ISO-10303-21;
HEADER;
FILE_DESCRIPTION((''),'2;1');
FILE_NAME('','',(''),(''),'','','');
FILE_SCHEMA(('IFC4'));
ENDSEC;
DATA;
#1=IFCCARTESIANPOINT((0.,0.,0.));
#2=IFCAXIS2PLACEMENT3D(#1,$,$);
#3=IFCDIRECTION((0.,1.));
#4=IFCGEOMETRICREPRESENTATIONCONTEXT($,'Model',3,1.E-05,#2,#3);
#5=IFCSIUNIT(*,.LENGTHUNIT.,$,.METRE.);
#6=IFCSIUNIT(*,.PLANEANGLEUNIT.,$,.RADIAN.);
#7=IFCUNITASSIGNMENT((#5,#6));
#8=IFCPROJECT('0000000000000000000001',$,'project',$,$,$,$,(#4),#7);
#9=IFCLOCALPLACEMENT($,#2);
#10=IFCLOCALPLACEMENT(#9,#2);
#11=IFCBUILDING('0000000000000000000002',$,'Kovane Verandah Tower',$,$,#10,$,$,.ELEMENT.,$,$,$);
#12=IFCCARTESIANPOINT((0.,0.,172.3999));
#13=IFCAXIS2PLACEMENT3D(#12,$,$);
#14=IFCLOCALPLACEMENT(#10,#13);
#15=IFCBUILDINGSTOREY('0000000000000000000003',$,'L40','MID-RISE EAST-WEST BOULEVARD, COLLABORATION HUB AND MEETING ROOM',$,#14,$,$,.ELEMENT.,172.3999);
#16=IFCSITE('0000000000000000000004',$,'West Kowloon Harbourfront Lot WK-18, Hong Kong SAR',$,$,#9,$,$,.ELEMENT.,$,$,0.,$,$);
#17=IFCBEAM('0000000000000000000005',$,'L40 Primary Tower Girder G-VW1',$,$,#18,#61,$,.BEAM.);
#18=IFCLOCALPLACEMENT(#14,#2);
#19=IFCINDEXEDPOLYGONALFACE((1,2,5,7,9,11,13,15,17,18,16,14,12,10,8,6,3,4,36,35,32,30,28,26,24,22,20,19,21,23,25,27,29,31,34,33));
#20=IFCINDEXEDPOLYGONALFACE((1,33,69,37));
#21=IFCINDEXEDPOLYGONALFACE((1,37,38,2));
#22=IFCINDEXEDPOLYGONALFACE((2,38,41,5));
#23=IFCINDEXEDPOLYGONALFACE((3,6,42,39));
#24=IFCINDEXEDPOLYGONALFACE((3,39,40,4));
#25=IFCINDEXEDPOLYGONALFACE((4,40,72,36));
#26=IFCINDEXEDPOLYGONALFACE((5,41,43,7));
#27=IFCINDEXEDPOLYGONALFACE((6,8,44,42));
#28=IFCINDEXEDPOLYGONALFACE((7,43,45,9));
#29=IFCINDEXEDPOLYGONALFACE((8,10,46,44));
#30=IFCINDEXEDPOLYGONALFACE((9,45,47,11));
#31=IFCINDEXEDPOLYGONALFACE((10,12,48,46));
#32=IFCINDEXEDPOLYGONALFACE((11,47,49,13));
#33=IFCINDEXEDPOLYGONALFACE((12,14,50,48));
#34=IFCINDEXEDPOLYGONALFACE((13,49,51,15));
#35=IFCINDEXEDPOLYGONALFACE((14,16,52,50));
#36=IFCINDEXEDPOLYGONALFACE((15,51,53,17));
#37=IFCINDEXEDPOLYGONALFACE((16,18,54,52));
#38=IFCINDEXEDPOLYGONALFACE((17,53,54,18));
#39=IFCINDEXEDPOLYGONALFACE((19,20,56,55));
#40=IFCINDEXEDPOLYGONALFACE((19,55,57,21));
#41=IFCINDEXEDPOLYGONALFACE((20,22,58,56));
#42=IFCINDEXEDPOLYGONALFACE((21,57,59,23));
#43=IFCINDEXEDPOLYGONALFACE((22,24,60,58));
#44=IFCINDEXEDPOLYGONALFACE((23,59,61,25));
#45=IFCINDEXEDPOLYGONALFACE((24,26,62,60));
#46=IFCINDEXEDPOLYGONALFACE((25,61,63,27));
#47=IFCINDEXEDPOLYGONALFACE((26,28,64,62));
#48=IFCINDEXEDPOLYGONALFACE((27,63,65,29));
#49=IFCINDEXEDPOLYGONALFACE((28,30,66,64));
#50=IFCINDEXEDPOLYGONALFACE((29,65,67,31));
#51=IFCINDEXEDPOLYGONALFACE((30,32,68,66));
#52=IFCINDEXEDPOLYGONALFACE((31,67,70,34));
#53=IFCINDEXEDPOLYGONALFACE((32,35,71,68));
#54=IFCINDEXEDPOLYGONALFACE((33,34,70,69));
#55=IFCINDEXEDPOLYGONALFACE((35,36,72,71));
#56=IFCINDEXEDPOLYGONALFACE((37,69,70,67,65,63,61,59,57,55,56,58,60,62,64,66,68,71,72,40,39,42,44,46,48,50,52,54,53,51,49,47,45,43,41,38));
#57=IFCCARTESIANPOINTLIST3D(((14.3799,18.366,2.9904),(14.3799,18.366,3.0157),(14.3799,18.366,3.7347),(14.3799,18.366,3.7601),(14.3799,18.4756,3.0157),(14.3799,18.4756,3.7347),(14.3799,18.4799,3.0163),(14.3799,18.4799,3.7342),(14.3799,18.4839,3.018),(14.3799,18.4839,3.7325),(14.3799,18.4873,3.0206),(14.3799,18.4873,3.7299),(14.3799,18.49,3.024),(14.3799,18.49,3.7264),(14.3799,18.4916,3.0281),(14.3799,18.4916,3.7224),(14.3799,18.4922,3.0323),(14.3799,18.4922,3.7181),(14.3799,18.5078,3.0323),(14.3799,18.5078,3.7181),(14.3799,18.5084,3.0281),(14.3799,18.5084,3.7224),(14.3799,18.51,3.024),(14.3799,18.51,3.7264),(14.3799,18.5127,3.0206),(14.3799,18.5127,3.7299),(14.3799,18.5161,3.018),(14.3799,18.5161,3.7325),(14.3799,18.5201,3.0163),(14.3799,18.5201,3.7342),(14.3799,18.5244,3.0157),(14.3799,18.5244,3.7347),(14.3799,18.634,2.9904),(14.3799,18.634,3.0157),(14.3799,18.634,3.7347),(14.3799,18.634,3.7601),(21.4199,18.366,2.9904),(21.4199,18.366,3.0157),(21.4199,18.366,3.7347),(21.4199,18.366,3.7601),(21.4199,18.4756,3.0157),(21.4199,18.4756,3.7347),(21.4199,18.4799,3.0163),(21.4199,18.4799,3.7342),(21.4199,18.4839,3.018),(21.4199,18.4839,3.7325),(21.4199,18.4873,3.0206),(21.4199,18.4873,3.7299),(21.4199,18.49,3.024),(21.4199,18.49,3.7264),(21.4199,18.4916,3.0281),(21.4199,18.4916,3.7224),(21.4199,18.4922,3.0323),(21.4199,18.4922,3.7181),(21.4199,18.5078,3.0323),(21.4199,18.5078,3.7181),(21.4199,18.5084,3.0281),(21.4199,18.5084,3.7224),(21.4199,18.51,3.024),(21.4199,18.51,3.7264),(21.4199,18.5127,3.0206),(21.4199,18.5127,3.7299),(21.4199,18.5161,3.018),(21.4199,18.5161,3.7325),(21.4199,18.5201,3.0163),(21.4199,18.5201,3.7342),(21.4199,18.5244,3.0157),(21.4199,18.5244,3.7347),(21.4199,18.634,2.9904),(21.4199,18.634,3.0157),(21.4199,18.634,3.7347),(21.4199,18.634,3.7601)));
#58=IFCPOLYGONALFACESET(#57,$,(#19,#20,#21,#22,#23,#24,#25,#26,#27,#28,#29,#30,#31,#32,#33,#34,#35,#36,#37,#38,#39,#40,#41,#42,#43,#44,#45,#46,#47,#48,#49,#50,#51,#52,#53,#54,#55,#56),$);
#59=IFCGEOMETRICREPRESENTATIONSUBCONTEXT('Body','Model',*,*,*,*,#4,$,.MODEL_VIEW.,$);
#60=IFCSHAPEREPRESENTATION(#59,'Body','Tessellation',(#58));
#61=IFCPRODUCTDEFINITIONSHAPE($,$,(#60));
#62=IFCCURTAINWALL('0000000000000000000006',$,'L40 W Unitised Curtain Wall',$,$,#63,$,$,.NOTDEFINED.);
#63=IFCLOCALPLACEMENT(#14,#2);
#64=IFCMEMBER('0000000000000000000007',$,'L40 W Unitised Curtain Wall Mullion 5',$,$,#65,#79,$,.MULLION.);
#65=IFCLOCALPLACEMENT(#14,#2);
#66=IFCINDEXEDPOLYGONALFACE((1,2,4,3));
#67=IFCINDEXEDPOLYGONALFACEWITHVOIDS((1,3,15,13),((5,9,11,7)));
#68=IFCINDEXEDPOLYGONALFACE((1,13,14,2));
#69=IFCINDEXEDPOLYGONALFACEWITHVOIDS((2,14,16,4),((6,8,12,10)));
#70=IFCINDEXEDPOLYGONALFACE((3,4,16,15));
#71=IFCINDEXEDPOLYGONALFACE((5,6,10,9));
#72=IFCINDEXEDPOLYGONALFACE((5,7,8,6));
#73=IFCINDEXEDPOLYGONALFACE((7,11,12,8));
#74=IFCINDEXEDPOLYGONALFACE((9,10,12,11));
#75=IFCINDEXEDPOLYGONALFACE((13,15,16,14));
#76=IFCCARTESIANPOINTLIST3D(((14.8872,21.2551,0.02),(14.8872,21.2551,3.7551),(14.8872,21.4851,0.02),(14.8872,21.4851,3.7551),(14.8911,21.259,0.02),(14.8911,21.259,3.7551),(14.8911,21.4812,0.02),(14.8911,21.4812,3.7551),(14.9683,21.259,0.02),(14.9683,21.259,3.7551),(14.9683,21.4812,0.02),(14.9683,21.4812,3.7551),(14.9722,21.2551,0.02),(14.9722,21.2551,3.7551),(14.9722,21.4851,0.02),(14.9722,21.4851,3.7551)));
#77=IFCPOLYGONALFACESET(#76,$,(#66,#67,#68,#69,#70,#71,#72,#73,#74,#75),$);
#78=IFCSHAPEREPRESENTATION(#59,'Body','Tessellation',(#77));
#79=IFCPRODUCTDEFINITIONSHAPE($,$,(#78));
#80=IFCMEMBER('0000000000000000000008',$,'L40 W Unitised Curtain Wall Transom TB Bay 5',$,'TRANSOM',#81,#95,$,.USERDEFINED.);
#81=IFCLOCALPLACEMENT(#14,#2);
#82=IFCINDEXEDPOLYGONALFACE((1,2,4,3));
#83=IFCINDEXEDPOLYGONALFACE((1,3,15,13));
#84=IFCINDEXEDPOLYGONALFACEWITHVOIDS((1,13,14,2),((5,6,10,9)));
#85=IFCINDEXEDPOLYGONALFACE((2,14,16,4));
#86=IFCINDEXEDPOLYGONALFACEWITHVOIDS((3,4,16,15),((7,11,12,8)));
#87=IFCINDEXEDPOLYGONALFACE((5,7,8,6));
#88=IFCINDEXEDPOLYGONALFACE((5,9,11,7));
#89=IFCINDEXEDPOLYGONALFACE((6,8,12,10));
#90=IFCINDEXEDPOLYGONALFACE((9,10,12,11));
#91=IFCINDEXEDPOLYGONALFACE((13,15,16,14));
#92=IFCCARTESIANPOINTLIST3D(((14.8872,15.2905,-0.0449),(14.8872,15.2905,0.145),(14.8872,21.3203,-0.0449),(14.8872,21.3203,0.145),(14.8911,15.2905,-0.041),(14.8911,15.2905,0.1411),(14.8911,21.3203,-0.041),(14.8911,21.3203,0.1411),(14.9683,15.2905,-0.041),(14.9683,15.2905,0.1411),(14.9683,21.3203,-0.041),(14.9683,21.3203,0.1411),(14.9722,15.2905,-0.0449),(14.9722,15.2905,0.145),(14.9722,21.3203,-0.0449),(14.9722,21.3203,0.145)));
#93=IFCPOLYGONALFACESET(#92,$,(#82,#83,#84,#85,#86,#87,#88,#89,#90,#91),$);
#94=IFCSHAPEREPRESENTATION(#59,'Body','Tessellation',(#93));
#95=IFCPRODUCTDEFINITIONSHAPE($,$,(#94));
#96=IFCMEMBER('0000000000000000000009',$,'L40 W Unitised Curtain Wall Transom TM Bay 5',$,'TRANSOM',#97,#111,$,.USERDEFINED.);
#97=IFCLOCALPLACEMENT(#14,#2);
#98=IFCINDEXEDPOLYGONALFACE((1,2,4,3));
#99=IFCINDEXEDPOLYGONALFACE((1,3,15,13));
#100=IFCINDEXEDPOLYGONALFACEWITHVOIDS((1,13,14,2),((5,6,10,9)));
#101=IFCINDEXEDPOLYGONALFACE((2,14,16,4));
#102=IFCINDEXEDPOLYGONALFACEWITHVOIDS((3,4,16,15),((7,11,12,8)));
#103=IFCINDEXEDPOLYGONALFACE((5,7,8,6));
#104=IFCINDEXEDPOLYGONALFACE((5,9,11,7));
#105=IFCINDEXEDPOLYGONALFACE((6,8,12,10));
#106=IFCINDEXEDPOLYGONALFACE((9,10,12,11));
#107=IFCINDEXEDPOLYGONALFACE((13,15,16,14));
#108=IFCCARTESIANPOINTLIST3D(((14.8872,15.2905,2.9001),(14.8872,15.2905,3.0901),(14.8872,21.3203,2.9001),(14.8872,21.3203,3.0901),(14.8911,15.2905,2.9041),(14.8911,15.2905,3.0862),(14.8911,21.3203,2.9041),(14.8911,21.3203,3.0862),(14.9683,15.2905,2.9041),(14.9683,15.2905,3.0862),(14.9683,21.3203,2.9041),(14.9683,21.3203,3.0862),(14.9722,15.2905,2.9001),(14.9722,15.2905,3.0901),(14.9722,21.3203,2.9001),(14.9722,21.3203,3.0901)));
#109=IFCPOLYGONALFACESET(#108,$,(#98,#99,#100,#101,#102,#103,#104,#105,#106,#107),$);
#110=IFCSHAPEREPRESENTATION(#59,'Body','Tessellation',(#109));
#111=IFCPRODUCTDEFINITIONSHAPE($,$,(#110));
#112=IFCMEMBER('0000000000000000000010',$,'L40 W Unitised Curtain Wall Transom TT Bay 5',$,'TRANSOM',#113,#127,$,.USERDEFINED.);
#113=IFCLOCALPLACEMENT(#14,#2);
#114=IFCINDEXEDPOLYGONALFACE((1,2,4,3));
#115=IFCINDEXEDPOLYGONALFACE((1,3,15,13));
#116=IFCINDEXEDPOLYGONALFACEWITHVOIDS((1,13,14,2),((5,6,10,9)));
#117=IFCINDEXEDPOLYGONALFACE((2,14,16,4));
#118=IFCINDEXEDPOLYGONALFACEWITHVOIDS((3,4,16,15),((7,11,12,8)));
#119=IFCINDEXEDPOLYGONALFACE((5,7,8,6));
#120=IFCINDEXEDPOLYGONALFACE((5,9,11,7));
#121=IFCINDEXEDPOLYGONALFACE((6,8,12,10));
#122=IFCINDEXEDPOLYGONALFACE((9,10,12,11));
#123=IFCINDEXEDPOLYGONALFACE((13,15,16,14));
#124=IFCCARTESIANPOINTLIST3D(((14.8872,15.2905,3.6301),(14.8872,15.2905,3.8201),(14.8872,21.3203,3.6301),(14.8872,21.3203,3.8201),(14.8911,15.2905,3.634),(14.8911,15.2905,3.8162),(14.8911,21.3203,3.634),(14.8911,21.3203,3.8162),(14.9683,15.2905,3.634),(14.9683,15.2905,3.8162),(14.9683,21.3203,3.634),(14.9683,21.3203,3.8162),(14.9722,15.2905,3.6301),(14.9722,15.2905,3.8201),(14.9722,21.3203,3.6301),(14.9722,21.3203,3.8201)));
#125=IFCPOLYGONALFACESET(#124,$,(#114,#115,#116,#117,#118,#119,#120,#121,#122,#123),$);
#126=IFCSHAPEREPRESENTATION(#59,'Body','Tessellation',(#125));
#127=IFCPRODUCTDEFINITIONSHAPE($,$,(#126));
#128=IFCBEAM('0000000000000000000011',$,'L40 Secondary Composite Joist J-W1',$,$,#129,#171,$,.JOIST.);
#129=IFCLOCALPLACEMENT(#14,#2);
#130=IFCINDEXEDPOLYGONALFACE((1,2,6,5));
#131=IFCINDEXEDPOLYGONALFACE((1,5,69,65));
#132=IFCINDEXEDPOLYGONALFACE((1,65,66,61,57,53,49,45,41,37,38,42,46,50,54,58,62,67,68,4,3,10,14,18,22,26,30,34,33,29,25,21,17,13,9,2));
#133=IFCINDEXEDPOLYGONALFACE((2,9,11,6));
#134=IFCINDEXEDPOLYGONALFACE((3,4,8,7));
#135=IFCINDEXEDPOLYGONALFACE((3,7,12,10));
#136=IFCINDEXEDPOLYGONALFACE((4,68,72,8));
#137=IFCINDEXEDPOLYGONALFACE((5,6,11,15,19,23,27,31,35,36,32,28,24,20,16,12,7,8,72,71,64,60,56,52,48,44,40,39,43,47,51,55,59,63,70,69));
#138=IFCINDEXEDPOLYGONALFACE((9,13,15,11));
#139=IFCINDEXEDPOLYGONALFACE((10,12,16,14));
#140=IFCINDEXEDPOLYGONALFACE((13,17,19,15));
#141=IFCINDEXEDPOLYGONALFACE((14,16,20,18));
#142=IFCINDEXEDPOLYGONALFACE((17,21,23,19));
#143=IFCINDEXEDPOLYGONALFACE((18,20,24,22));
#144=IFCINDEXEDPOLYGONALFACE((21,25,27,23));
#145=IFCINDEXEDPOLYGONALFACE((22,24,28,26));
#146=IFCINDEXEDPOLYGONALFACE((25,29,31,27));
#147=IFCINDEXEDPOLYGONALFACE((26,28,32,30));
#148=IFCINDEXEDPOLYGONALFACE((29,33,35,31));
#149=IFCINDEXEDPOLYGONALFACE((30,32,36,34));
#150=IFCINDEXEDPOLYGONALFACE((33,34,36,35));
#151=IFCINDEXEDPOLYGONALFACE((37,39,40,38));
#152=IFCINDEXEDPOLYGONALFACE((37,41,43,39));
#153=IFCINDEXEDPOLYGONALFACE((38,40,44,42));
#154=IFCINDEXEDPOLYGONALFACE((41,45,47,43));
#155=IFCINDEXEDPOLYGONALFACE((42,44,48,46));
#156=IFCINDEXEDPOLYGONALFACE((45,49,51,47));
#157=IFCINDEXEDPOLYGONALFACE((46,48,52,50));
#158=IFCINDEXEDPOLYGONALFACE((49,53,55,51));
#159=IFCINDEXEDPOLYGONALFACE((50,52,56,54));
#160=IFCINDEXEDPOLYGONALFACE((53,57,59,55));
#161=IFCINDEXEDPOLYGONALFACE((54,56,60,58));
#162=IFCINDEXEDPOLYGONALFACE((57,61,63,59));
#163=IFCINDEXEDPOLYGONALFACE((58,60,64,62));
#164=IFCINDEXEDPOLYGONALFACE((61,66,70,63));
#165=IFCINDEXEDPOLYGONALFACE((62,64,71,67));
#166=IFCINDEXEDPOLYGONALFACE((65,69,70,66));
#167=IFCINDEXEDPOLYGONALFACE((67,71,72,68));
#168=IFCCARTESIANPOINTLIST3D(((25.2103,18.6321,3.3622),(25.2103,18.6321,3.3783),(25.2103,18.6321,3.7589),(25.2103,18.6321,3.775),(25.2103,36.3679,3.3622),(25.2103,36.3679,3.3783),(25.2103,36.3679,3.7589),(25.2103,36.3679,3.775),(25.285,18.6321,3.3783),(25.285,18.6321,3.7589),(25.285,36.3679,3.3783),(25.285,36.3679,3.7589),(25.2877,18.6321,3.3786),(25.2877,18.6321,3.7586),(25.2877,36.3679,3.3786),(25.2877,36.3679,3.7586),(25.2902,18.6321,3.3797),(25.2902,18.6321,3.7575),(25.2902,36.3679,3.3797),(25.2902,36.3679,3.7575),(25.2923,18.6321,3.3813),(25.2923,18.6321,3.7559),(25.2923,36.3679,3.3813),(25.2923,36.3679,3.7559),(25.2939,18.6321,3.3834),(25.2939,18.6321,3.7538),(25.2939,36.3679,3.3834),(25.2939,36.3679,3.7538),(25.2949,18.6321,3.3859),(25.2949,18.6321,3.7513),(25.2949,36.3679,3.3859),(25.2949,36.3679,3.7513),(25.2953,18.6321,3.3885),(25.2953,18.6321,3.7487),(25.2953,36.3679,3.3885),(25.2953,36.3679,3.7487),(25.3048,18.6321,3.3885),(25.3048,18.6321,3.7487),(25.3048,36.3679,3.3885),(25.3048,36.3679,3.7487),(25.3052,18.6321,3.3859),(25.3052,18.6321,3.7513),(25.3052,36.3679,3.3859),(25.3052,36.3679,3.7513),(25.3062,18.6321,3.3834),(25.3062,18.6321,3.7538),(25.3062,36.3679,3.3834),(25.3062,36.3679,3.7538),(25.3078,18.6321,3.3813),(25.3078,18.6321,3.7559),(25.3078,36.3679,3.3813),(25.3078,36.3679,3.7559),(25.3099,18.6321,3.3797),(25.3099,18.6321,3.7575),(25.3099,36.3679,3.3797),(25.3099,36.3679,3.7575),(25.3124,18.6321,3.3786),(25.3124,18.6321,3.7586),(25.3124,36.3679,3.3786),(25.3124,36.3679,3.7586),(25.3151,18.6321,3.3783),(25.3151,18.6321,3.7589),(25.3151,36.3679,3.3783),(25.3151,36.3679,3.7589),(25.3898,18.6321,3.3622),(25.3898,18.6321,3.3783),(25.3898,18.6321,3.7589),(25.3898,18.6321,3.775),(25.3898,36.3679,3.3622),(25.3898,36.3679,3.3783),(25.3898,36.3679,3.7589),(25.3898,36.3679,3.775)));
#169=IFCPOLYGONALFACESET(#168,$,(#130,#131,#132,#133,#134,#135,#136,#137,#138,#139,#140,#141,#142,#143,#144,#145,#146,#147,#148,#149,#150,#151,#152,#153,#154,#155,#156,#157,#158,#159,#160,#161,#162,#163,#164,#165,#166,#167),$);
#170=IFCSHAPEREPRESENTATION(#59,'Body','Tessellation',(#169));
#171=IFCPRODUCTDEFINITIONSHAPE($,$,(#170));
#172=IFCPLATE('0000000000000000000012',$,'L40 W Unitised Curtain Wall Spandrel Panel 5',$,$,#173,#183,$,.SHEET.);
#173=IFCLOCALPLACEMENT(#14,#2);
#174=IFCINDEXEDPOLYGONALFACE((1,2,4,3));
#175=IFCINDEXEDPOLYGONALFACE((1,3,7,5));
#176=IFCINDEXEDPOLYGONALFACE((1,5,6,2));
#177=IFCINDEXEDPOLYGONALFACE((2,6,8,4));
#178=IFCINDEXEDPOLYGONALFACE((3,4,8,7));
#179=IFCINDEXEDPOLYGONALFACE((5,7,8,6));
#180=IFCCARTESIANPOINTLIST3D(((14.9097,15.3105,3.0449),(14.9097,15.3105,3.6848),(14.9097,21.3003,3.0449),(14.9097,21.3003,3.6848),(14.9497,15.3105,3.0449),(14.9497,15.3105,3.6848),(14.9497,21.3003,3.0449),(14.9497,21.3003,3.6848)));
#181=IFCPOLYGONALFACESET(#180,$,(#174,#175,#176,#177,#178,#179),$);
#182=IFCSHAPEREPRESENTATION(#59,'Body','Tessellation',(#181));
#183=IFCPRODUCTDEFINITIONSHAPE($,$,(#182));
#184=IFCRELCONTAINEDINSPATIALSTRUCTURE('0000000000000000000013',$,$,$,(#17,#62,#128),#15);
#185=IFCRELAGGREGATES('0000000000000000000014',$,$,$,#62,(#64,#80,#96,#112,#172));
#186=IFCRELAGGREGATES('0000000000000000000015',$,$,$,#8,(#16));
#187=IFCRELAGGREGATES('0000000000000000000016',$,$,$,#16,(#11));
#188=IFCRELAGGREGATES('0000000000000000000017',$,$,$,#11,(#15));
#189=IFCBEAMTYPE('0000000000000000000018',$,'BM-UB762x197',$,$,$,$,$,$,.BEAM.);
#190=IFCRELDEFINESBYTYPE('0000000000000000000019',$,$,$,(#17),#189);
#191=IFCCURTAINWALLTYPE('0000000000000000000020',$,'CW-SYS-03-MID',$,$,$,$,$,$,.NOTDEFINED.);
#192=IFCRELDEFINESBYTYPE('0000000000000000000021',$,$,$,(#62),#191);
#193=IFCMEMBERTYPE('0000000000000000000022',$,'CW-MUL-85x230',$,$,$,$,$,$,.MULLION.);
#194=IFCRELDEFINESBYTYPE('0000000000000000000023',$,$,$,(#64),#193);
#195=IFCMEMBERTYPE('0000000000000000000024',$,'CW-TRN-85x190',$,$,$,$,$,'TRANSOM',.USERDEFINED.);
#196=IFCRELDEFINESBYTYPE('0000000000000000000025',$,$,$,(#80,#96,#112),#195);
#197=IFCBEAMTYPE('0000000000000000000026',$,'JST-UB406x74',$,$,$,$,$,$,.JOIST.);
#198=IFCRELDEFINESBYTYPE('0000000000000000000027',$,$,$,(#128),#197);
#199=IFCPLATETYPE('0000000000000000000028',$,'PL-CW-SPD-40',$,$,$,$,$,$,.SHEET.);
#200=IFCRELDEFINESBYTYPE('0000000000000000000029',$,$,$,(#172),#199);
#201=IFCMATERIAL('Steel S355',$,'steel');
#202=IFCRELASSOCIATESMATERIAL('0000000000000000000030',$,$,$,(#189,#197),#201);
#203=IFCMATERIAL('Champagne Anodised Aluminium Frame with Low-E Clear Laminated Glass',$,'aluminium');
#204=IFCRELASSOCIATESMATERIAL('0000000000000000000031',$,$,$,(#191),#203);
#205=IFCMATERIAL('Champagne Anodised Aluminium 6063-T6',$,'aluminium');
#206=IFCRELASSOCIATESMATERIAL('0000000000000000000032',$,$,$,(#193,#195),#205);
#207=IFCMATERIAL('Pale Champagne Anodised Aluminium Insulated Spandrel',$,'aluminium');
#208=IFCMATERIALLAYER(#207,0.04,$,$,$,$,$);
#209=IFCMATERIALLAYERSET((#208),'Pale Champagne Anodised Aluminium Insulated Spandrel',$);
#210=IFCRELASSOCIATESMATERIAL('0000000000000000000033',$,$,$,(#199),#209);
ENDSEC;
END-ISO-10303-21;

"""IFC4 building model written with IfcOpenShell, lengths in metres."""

from ifc_helpers import new_model, si_unit, direction, frame, origin, origin_2d, place, context, subcontext, project, spatial, rectangle, hollow_rectangle, i_section, extrude, material, layer, layer_set, material_profile, profile_set, type_object, element, aggregate, save


model = new_model("IFC4")

# Units and contexts
model_context = context("Model", 3, precision=1e-05, world=origin(), true_north=direction((0.0, 1.0)))
body_context = subcontext(model_context, "Body", "Model", "MODEL_VIEW")
ifc_project = project(units=[si_unit("LENGTHUNIT", "METRE"), si_unit("PLANEANGLEUNIT", "RADIAN")], contexts=[model_context])

# Site, building, storey
site_placement = place(None, origin())
site = spatial("IfcSite", under=ifc_project, at=site_placement, Name="West Kowloon Harbourfront Lot WK-18, Hong Kong SAR", CompositionType="ELEMENT", RefElevation=0.0)
building_placement = place(site_placement, origin())
building = spatial("IfcBuilding", under=site, at=building_placement, Name="Kovane Verandah Tower", CompositionType="ELEMENT")
storey_placement = place(building_placement, frame((0.0, 0.0, 172.3999)))
storey = spatial("IfcBuildingStorey", under=building, at=storey_placement, Name="L40", Description="MID-RISE EAST-WEST BOULEVARD, COLLABORATION HUB AND MEETING ROOM", CompositionType="ELEMENT", Elevation=172.3999)

# Beam
ifc_material_1 = material(Name="Steel S355", Category="steel")
ifc_material_profile_1 = material_profile(ifc_material_1, i_section(OverallWidth=0.2681, OverallDepth=0.7698, WebThickness=0.0156, FlangeThickness=0.0254, FilletRadius=0.0166, at=origin_2d()), Name="UB762x267x197")
ifc_profile_set_1 = profile_set([ifc_material_profile_1], Name="Steel S355")
beam_type_1 = type_object("IfcBeamType", Name="BM-UB762x197", PredefinedType="BEAM", material=ifc_profile_set_1)
beam_1_placement = place(storey_placement, frame((21.4199, 18.5, 3.3752), z_axis=(-1.0, 0.0, 0.0), x_axis=(0.0, -1.0, 0.0)))
element("IfcBeam", 1, at=beam_1_placement, inside=storey, type_object=beam_type_1, Name="L40 Primary Tower Girder G-VW1", PredefinedType="BEAM", context=body_context, shape_type="SweptSolid", body=[
    extrude(i_section(OverallWidth=0.2681, OverallDepth=0.7698, WebThickness=0.0156, FlangeThickness=0.0254, FilletRadius=0.0166, at=origin_2d()), origin(), (0.0, 0.0, 1.0), 7.04),
])

# Curtain wall, members
ifc_material_2 = material(Name="Champagne Anodised Aluminium Frame with Low-E Clear Laminated Glass", Category="aluminium")
curtain_wall_type = type_object("IfcCurtainWallType", Name="CW-SYS-03-MID", PredefinedType="NOTDEFINED", material=ifc_material_2)
curtain_wall_placement = place(storey_placement, origin())
curtain_wall = element("IfcCurtainWall", 2, at=curtain_wall_placement, inside=storey, type_object=curtain_wall_type, Name="L40 W Unitised Curtain Wall", PredefinedType="NOTDEFINED")
ifc_material_3 = material(Name="Champagne Anodised Aluminium 6063-T6", Category="aluminium")
ifc_material_profile_2 = material_profile(ifc_material_3, hollow_rectangle(XDim=0.085, YDim=0.23, WallThickness=0.0039, at=origin_2d()), Name="AL85x230x4")
ifc_profile_set_2 = profile_set([ifc_material_profile_2], Name="Champagne Anodised Aluminium 6063-T6")
member_type_1 = type_object("IfcMemberType", Name="CW-MUL-85x230", PredefinedType="MULLION", material=ifc_profile_set_2)
member_1_placement = place(storey_placement, frame((14.9297, 21.3701, 0.02), z_axis=(0.0, 0.0, 1.0), x_axis=(-1.0, 0.0, 0.0)))
member_1 = element("IfcMember", 3, at=member_1_placement, type_object=member_type_1, Name="L40 W Unitised Curtain Wall Mullion 5", PredefinedType="MULLION", context=body_context, shape_type="SweptSolid", body=[
    extrude(hollow_rectangle(XDim=0.085, YDim=0.23, WallThickness=0.0039, at=origin_2d()), origin(), (0.0, 0.0, 1.0), 3.7351),
])
ifc_material_profile_3 = material_profile(ifc_material_3, hollow_rectangle(XDim=0.085, YDim=0.1899, WallThickness=0.0039, at=origin_2d()), Name="AL85x190x4")
ifc_profile_set_3 = profile_set([ifc_material_profile_3], Name="Champagne Anodised Aluminium 6063-T6")
member_type_2 = type_object("IfcMemberType", Name="CW-TRN-85x190", ElementType="TRANSOM", PredefinedType="USERDEFINED", material=ifc_profile_set_3)
member_2_placement = place(storey_placement, frame((14.9297, 21.3203, 0.05), z_axis=(0.0, -1.0, 0.0), x_axis=(1.0, 0.0, 0.0)))
member_2 = element("IfcMember", 4, at=member_2_placement, type_object=member_type_2, Name="L40 W Unitised Curtain Wall Transom TB Bay 5", ObjectType="TRANSOM", PredefinedType="USERDEFINED", context=body_context, shape_type="SweptSolid", body=[
    extrude(hollow_rectangle(XDim=0.085, YDim=0.1899, WallThickness=0.0039, at=origin_2d()), origin(), (0.0, 0.0, 1.0), 6.0298),
])
member_3_placement = place(storey_placement, frame((14.9297, 21.3203, 2.9951), z_axis=(0.0, -1.0, 0.0), x_axis=(1.0, 0.0, 0.0)))
member_3 = element("IfcMember", 5, at=member_3_placement, type_object=member_type_2, Name="L40 W Unitised Curtain Wall Transom TM Bay 5", ObjectType="TRANSOM", PredefinedType="USERDEFINED", context=body_context, shape_type="SweptSolid", body=[
    extrude(hollow_rectangle(XDim=0.085, YDim=0.1899, WallThickness=0.0039, at=origin_2d()), origin(), (0.0, 0.0, 1.0), 6.0298),
])
member_4_placement = place(storey_placement, frame((14.9297, 21.3203, 3.7251), z_axis=(0.0, -1.0, 0.0), x_axis=(1.0, 0.0, 0.0)))
member_4 = element("IfcMember", 6, at=member_4_placement, type_object=member_type_2, Name="L40 W Unitised Curtain Wall Transom TT Bay 5", ObjectType="TRANSOM", PredefinedType="USERDEFINED", context=body_context, shape_type="SweptSolid", body=[
    extrude(hollow_rectangle(XDim=0.085, YDim=0.1899, WallThickness=0.0039, at=origin_2d()), origin(), (0.0, 0.0, 1.0), 6.0298),
])

# Beam
ifc_material_profile_4 = material_profile(ifc_material_1, i_section(OverallWidth=0.1794, OverallDepth=0.4128, WebThickness=0.0095, FlangeThickness=0.0161, FilletRadius=0.0103, at=origin_2d()), Name="UB406x178x74")
ifc_profile_set_4 = profile_set([ifc_material_profile_4], Name="Steel S355")
beam_type_2 = type_object("IfcBeamType", Name="JST-UB406x74", PredefinedType="JOIST", material=ifc_profile_set_4)
beam_2_placement = place(storey_placement, frame((25.3, 18.6321, 3.5686), z_axis=(0.0, 1.0, 0.0), x_axis=(-1.0, 0.0, 0.0)))
element("IfcBeam", 7, at=beam_2_placement, inside=storey, type_object=beam_type_2, Name="L40 Secondary Composite Joist J-W1", PredefinedType="JOIST", context=body_context, shape_type="SweptSolid", body=[
    extrude(i_section(OverallWidth=0.1794, OverallDepth=0.4128, WebThickness=0.0095, FlangeThickness=0.0161, FilletRadius=0.0103, at=origin_2d()), origin(), (0.0, 0.0, 1.0), 17.7358),
])

# Plate
ifc_material_4 = material(Name="Pale Champagne Anodised Aluminium Insulated Spandrel", Category="aluminium")
ifc_layer_1 = layer(ifc_material_4, 0.04)
ifc_layer_set_1 = layer_set([ifc_layer_1], Name="Pale Champagne Anodised Aluminium Insulated Spandrel")
plate_type_1 = type_object("IfcPlateType", Name="PL-CW-SPD-40", PredefinedType="SHEET", material=ifc_layer_set_1)
plate_1_placement = place(storey_placement, frame((14.9297, 18.3054, 3.0449), z_axis=(0.0, 0.0, 1.0), x_axis=(0.0, -1.0, 0.0)))
plate_1 = element("IfcPlate", 8, at=plate_1_placement, type_object=plate_type_1, Name="L40 W Unitised Curtain Wall Spandrel Panel 5", PredefinedType="SHEET", context=body_context, shape_type="SweptSolid", body=[
    extrude(rectangle(XDim=5.9897, YDim=0.04, at=origin_2d()), origin(), (0.0, 0.0, 1.0), 0.6399),
])
aggregate(curtain_wall, [member_1, member_2, member_3, member_4, plate_1])

save(model, "model.ifc")
